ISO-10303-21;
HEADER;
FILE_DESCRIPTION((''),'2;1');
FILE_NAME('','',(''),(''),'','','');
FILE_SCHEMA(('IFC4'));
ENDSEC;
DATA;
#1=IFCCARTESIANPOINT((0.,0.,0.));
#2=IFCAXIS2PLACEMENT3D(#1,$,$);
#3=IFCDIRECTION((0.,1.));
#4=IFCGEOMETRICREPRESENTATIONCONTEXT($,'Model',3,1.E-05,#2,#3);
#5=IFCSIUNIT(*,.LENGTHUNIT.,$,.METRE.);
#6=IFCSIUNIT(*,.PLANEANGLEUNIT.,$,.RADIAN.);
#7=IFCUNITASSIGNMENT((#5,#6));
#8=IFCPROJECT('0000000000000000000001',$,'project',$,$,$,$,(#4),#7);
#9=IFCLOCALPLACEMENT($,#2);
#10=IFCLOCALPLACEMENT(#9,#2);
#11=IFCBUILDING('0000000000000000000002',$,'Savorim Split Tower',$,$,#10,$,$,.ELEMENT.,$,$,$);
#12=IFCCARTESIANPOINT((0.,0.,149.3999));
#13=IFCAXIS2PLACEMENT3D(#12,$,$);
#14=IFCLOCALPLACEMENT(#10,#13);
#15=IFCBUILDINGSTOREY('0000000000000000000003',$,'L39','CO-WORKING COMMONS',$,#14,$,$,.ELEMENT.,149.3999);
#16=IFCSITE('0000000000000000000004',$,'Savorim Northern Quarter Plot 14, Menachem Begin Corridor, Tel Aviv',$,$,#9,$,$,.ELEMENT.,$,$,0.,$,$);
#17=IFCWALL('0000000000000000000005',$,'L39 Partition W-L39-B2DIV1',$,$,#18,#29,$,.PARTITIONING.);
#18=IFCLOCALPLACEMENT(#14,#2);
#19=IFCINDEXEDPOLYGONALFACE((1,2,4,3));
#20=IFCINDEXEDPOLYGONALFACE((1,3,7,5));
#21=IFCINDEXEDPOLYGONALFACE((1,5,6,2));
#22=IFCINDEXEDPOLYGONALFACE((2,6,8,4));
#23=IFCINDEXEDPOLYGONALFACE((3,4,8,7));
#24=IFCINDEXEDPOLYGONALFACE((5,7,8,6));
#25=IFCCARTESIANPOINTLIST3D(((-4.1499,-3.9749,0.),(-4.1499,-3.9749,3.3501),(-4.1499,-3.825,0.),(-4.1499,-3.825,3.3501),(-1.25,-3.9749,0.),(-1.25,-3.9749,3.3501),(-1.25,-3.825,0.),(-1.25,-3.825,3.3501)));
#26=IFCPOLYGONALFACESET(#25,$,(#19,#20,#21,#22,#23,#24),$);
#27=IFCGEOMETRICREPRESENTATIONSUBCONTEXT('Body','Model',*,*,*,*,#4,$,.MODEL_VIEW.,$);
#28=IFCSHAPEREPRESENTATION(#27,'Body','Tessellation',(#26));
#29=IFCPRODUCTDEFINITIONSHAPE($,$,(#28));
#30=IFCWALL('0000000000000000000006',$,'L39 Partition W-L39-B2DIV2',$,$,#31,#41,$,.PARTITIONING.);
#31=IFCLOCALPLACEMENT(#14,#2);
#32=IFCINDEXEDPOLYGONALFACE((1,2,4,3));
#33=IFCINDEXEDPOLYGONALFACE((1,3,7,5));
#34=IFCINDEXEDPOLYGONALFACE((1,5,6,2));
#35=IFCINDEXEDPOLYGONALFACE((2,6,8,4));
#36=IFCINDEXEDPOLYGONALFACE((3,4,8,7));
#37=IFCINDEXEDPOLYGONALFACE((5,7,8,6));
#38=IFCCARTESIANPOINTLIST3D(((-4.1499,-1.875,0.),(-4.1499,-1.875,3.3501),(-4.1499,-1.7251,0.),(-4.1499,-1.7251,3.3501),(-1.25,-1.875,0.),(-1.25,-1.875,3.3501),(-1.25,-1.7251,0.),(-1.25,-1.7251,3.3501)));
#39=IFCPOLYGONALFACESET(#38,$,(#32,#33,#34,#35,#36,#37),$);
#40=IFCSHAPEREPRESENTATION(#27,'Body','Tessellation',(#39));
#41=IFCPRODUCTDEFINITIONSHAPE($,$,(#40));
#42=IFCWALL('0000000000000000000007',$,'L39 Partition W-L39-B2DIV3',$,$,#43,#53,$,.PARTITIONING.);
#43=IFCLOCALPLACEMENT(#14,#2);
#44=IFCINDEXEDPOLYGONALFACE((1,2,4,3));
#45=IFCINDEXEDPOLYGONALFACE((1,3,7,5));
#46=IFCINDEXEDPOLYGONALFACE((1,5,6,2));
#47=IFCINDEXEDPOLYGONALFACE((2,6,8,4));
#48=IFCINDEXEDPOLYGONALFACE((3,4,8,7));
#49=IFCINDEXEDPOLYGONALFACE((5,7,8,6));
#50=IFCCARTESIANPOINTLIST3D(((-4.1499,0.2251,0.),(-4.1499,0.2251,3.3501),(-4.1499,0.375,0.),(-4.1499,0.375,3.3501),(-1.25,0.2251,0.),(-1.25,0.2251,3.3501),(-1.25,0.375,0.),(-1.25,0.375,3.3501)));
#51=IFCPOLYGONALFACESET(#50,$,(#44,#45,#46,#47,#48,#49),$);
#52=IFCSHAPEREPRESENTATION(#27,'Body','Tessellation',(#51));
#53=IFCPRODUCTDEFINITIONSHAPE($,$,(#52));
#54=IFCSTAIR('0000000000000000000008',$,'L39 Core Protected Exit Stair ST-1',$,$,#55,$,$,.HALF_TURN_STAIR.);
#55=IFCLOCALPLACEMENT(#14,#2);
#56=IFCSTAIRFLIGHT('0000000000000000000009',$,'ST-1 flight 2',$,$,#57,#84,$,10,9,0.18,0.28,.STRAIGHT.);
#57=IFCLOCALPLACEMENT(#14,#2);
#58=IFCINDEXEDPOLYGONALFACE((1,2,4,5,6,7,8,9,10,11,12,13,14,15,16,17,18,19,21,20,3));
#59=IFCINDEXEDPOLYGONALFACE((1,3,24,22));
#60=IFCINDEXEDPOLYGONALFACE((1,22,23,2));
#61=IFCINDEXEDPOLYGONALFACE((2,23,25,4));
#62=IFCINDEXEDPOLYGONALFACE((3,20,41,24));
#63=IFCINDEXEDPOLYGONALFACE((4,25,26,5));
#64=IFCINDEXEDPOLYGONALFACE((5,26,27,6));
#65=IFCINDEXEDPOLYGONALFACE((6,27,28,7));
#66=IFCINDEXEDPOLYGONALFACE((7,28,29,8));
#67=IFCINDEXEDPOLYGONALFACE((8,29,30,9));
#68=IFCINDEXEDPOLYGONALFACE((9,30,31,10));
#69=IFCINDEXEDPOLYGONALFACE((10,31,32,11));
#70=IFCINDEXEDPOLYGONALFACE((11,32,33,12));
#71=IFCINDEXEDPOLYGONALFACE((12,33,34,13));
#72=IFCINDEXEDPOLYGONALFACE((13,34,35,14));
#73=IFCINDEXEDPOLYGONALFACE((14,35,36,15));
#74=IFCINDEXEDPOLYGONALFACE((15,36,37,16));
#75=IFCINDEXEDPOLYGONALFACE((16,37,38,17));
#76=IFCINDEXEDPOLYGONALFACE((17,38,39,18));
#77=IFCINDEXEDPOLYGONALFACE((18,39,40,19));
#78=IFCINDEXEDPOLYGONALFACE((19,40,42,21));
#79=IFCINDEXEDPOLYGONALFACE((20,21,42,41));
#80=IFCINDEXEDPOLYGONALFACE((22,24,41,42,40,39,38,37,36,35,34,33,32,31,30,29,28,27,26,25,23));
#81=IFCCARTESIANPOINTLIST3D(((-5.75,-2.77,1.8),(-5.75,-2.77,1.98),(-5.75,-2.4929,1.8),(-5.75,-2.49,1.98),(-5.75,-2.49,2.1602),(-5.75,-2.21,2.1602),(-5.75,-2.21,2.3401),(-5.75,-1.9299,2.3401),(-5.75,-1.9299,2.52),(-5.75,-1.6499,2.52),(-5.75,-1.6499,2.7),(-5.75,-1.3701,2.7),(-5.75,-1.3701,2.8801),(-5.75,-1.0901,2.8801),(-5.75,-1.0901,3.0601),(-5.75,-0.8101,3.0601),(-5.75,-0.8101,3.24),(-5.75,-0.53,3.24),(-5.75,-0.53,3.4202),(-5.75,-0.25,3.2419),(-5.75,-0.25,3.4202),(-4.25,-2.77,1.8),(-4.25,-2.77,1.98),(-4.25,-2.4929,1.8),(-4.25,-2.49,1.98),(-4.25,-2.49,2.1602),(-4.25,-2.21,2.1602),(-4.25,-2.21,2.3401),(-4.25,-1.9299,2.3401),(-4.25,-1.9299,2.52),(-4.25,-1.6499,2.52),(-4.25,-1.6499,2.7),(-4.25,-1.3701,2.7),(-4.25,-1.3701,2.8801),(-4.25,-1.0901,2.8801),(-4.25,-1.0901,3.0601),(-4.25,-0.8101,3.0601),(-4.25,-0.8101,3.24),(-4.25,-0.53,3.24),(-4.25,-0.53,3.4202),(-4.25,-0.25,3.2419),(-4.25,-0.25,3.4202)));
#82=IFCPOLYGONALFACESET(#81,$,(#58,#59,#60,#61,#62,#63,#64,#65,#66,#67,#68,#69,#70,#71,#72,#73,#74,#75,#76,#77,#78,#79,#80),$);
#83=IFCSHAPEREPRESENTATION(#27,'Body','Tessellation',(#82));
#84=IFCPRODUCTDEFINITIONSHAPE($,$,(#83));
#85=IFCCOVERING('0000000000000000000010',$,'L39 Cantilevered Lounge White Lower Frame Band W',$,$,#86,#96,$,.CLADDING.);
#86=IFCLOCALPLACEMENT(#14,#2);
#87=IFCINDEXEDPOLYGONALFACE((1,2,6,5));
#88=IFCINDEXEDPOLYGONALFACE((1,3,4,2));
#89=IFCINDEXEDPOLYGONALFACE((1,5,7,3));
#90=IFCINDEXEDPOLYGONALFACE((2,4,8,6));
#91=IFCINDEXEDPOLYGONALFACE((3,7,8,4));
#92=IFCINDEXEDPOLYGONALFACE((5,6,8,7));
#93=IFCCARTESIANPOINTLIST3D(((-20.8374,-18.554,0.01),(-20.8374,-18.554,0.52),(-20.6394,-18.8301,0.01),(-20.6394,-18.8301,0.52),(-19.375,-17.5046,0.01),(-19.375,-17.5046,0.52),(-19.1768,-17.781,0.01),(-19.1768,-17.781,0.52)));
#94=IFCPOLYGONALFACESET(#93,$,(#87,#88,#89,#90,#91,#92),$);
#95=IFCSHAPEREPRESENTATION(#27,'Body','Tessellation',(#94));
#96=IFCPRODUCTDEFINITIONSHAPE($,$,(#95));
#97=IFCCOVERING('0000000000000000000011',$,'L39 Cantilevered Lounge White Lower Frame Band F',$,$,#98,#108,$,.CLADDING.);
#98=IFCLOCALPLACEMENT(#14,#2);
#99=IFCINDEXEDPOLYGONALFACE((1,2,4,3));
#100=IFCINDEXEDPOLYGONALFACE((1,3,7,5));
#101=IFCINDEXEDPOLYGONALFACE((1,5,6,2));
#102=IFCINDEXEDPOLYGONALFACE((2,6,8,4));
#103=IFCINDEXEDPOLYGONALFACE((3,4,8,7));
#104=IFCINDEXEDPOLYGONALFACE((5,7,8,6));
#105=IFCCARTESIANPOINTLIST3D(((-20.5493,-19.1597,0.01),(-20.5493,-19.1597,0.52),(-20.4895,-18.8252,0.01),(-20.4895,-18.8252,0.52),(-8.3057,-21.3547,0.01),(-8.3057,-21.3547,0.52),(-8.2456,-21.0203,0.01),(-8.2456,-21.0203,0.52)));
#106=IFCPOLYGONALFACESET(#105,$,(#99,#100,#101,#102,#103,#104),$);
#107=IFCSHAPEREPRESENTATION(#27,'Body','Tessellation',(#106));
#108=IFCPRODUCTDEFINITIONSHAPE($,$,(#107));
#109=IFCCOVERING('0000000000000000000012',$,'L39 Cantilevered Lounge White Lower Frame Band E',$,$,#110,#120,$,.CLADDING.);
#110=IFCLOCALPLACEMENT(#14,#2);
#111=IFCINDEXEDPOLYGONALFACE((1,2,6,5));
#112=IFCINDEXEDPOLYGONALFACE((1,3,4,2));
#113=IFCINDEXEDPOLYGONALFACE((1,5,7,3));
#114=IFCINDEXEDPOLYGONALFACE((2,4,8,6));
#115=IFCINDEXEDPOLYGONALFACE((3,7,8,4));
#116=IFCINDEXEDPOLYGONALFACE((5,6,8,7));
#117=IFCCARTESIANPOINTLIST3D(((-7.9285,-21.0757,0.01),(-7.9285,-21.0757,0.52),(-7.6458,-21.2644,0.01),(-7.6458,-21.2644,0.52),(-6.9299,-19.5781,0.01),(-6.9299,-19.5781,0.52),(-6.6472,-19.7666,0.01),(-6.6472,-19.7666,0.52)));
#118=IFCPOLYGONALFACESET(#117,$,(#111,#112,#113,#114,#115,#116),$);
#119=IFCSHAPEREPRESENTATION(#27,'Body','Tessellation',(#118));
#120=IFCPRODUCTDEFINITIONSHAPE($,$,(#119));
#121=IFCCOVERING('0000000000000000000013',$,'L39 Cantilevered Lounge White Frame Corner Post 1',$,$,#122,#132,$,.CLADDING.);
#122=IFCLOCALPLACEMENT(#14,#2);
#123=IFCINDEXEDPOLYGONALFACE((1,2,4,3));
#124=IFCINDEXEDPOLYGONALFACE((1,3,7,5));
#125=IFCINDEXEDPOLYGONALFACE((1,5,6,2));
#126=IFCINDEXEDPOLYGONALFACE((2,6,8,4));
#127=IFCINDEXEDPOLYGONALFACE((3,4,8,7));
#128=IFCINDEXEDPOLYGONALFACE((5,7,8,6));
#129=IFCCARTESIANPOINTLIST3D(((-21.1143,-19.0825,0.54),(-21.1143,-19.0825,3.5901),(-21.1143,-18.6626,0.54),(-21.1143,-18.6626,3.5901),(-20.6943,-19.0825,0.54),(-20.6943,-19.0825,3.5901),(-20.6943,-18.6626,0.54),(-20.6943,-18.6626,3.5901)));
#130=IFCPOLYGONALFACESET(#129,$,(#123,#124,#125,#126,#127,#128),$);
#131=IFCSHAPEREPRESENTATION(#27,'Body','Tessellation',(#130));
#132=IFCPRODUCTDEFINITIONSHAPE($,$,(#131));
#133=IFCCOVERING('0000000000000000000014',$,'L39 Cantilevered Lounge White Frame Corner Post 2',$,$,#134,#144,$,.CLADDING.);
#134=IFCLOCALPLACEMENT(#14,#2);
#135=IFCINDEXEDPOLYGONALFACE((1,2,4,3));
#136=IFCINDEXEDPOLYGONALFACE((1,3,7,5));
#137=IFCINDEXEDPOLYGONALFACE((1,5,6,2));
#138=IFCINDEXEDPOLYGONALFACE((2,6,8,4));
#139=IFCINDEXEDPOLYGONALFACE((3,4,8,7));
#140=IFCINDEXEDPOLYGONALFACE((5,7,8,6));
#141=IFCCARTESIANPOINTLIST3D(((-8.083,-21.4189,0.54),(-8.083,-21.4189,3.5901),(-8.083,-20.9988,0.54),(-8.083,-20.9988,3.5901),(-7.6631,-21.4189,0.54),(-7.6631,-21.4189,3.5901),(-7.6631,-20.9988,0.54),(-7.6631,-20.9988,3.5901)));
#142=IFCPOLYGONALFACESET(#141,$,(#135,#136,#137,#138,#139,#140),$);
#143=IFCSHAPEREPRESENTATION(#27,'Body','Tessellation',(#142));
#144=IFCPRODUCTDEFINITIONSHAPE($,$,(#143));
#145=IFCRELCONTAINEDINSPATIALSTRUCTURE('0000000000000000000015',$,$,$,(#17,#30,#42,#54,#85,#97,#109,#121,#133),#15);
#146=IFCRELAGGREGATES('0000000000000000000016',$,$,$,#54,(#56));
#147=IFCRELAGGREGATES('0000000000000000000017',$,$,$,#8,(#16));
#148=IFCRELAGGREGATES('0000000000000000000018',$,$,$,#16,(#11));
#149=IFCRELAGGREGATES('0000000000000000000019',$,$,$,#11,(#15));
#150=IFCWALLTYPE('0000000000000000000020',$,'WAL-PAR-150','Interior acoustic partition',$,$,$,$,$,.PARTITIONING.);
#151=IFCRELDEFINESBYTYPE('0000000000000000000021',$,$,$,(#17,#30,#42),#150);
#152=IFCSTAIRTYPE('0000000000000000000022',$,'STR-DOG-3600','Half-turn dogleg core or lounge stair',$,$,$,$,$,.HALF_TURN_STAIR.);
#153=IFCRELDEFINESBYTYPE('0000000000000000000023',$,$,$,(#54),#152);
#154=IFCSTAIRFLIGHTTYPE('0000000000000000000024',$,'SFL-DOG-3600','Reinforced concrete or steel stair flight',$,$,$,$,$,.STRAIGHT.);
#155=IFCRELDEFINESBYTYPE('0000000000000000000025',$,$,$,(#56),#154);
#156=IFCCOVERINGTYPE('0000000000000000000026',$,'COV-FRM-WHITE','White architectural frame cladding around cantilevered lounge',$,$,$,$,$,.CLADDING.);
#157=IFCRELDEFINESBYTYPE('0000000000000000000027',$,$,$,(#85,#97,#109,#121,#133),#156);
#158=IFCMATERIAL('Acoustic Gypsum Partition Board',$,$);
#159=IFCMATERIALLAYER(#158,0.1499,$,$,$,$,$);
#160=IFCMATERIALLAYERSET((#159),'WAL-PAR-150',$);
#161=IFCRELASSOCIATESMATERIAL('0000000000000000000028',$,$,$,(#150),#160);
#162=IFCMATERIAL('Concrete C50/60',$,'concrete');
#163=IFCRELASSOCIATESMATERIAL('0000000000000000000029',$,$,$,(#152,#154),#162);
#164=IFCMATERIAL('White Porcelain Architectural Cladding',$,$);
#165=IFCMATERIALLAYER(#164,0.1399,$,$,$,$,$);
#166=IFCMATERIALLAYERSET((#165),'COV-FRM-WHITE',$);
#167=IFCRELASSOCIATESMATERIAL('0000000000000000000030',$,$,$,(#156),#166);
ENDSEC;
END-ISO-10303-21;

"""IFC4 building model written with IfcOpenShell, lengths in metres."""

from ifc_helpers import new_model, si_unit, direction, frame, frame_2d, origin, place, context, subcontext, project, spatial, polyline, rectangle, outline, extrude, material, layer, layer_set, type_object, element, aggregate, save


model = new_model("IFC4")

# Units and contexts
model_context = context("Model", 3, precision=1e-05, world=origin(), true_north=direction((0.0, 1.0)))
body_context = subcontext(model_context, "Body", "Model", "MODEL_VIEW")
ifc_project = project(units=[si_unit("LENGTHUNIT", "METRE"), si_unit("PLANEANGLEUNIT", "RADIAN")], contexts=[model_context])

# Site, building, storey
site_placement = place(None, origin())
site = spatial("IfcSite", under=ifc_project, at=site_placement, Name="Savorim Northern Quarter Plot 14, Menachem Begin Corridor, Tel Aviv", CompositionType="ELEMENT", RefElevation=0.0)
building_placement = place(site_placement, origin())
building = spatial("IfcBuilding", under=site, at=building_placement, Name="Savorim Split Tower", CompositionType="ELEMENT")
storey_placement = place(building_placement, frame((0.0, 0.0, 149.3999)))
storey = spatial("IfcBuildingStorey", under=building, at=storey_placement, Name="L39", Description="CO-WORKING COMMONS", CompositionType="ELEMENT", Elevation=149.3999)

# Shared definitions
ifc_material_1 = material(Name="Concrete C50/60", Category="concrete")

# Walls
ifc_material_2 = material(Name="Acoustic Gypsum Partition Board")
ifc_layer_1 = layer(ifc_material_2, 0.1499)
ifc_layer_set_1 = layer_set([ifc_layer_1], Name="WAL-PAR-150")
wall_type_1 = type_object("IfcWallType", Name="WAL-PAR-150", Description="Interior acoustic partition", PredefinedType="PARTITIONING", material=ifc_layer_set_1)
for number, where, z_axis, x_axis, name in (
    (1, (-4.1499, -3.8999, 0.0), (0.0, 0.0, 1.0), (1.0, 0.0, 0.0), "L39 Partition W-L39-B2DIV1"),
    (2, (-4.1499, -1.8, 0.0), (0.0, 0.0, 1.0), (1.0, 0.0, 0.0), "L39 Partition W-L39-B2DIV2"),
    (3, (-4.1499, 0.3, 0.0), (0.0, 0.0, 1.0), (1.0, 0.0, 0.0), "L39 Partition W-L39-B2DIV3"),
):
    element("IfcWall", number, at=place(storey_placement, frame(where, z_axis=z_axis, x_axis=x_axis)), inside=storey, type_object=wall_type_1, Name=name, PredefinedType="PARTITIONING", context=body_context, shape_type="SweptSolid", body=[
        extrude(rectangle(XDim=2.8999, YDim=0.1499, at=frame_2d((1.45, 0.0))), origin(), (0.0, 0.0, 1.0), 3.3501),
    ])

# Stair, stair flight
stair_type = type_object("IfcStairType", Name="STR-DOG-3600", Description="Half-turn dogleg core or lounge stair", PredefinedType="HALF_TURN_STAIR", material=ifc_material_1)
stair_placement = place(storey_placement, origin())
stair = element("IfcStair", 4, at=stair_placement, inside=storey, type_object=stair_type, Name="L39 Core Protected Exit Stair ST-1", PredefinedType="HALF_TURN_STAIR")
stair_flight_type = type_object("IfcStairFlightType", Name="SFL-DOG-3600", Description="Reinforced concrete or steel stair flight", PredefinedType="STRAIGHT", material=ifc_material_1)
stair_flight_placement = place(storey_placement, frame((-5.0, -2.77, 1.8), z_axis=(0.0, 0.0, 1.0), x_axis=(0.0, 1.0, 0.0)))
stair_flight = element("IfcStairFlight", 5, at=stair_flight_placement, type_object=stair_flight_type, Name="ST-1 flight 2", NumberOfRisers=10, NumberOfTreads=9, PredefinedType="STRAIGHT", RiserHeight=0.18, TreadLength=0.28, context=body_context, shape_type="SweptSolid", body=[
    extrude(outline(polyline([(0.0, 0.0), (0.0, 0.1799), (0.28, 0.1799), (0.28, 0.3601), (0.5601, 0.3601), (0.5601, 0.54), (0.8401, 0.54), (0.8401, 0.72), (1.1201, 0.72), (1.1201, 0.8999), (1.3999, 0.8999), (1.3999, 1.0801), (1.6799, 1.0801), (1.6799, 1.26), (1.96, 1.26), (1.96, 1.4399), (2.24, 1.4399), (2.24, 1.6201), (2.52, 1.6201), (2.52, 1.8), (2.52, 1.4419), (0.2771, 0.0), (0.0, 0.0)])), frame((0.0, 0.75, 0.0), z_axis=(0.0, -1.0, 0.0), x_axis=(1.0, 0.0, 0.0)), (0.0, 0.0, 1.0), 1.5),
])
aggregate(stair, [stair_flight])

# Coverings
ifc_material_3 = material(Name="White Porcelain Architectural Cladding")
ifc_layer_2 = layer(ifc_material_3, 0.1399)
ifc_layer_set_2 = layer_set([ifc_layer_2], Name="COV-FRM-WHITE")
covering_type = type_object("IfcCoveringType", Name="COV-FRM-WHITE", Description="White architectural frame cladding around cantilevered lounge", PredefinedType="CLADDING", material=ifc_layer_set_2)
covering_1_placement = place(storey_placement, frame((0.0, 0.0, 0.01)))
element("IfcCovering", 6, at=covering_1_placement, inside=storey, type_object=covering_type, Name="L39 Cantilevered Lounge White Lower Frame Band W", PredefinedType="CLADDING", context=body_context, shape_type="SweptSolid", body=[
    extrude(outline(polyline([(-19.375, -17.5046), (-20.8374, -18.554), (-20.6394, -18.8301), (-19.1768, -17.781), (-19.375, -17.5046)])), origin(), (0.0, 0.0, 1.0), 0.51),
])
covering_2_placement = place(storey_placement, frame((0.0, 0.0, 0.01)))
element("IfcCovering", 7, at=covering_2_placement, inside=storey, type_object=covering_type, Name="L39 Cantilevered Lounge White Lower Frame Band F", PredefinedType="CLADDING", context=body_context, shape_type="SweptSolid", body=[
    extrude(outline(polyline([(-20.5493, -19.1597), (-8.3057, -21.3547), (-8.2456, -21.0203), (-20.4895, -18.8252), (-20.5493, -19.1597)])), origin(), (0.0, 0.0, 1.0), 0.51),
])
covering_3_placement = place(storey_placement, frame((0.0, 0.0, 0.01)))
element("IfcCovering", 8, at=covering_3_placement, inside=storey, type_object=covering_type, Name="L39 Cantilevered Lounge White Lower Frame Band E", PredefinedType="CLADDING", context=body_context, shape_type="SweptSolid", body=[
    extrude(outline(polyline([(-7.6458, -21.2644), (-6.6472, -19.7666), (-6.9299, -19.5781), (-7.9285, -21.0757), (-7.6458, -21.2644)])), origin(), (0.0, 0.0, 1.0), 0.51),
])
covering_4_placement = place(storey_placement, frame((0.0, 0.0, 0.54)))
element("IfcCovering", 9, at=covering_4_placement, inside=storey, type_object=covering_type, Name="L39 Cantilevered Lounge White Frame Corner Post 1", PredefinedType="CLADDING", context=body_context, shape_type="SweptSolid", body=[
    extrude(outline(polyline([(-21.1143, -19.0825), (-20.6943, -19.0825), (-20.6943, -18.6626), (-21.1143, -18.6626), (-21.1143, -19.0825)])), origin(), (0.0, 0.0, 1.0), 3.05),
])
covering_5_placement = place(storey_placement, frame((0.0, 0.0, 0.54)))
element("IfcCovering", 10, at=covering_5_placement, inside=storey, type_object=covering_type, Name="L39 Cantilevered Lounge White Frame Corner Post 2", PredefinedType="CLADDING", context=body_context, shape_type="SweptSolid", body=[
    extrude(outline(polyline([(-8.083, -21.4189), (-7.6631, -21.4189), (-7.6631, -20.9988), (-8.083, -20.9988), (-8.083, -21.4189)])), origin(), (0.0, 0.0, 1.0), 3.05),
])

save(model, "model.ifc")
